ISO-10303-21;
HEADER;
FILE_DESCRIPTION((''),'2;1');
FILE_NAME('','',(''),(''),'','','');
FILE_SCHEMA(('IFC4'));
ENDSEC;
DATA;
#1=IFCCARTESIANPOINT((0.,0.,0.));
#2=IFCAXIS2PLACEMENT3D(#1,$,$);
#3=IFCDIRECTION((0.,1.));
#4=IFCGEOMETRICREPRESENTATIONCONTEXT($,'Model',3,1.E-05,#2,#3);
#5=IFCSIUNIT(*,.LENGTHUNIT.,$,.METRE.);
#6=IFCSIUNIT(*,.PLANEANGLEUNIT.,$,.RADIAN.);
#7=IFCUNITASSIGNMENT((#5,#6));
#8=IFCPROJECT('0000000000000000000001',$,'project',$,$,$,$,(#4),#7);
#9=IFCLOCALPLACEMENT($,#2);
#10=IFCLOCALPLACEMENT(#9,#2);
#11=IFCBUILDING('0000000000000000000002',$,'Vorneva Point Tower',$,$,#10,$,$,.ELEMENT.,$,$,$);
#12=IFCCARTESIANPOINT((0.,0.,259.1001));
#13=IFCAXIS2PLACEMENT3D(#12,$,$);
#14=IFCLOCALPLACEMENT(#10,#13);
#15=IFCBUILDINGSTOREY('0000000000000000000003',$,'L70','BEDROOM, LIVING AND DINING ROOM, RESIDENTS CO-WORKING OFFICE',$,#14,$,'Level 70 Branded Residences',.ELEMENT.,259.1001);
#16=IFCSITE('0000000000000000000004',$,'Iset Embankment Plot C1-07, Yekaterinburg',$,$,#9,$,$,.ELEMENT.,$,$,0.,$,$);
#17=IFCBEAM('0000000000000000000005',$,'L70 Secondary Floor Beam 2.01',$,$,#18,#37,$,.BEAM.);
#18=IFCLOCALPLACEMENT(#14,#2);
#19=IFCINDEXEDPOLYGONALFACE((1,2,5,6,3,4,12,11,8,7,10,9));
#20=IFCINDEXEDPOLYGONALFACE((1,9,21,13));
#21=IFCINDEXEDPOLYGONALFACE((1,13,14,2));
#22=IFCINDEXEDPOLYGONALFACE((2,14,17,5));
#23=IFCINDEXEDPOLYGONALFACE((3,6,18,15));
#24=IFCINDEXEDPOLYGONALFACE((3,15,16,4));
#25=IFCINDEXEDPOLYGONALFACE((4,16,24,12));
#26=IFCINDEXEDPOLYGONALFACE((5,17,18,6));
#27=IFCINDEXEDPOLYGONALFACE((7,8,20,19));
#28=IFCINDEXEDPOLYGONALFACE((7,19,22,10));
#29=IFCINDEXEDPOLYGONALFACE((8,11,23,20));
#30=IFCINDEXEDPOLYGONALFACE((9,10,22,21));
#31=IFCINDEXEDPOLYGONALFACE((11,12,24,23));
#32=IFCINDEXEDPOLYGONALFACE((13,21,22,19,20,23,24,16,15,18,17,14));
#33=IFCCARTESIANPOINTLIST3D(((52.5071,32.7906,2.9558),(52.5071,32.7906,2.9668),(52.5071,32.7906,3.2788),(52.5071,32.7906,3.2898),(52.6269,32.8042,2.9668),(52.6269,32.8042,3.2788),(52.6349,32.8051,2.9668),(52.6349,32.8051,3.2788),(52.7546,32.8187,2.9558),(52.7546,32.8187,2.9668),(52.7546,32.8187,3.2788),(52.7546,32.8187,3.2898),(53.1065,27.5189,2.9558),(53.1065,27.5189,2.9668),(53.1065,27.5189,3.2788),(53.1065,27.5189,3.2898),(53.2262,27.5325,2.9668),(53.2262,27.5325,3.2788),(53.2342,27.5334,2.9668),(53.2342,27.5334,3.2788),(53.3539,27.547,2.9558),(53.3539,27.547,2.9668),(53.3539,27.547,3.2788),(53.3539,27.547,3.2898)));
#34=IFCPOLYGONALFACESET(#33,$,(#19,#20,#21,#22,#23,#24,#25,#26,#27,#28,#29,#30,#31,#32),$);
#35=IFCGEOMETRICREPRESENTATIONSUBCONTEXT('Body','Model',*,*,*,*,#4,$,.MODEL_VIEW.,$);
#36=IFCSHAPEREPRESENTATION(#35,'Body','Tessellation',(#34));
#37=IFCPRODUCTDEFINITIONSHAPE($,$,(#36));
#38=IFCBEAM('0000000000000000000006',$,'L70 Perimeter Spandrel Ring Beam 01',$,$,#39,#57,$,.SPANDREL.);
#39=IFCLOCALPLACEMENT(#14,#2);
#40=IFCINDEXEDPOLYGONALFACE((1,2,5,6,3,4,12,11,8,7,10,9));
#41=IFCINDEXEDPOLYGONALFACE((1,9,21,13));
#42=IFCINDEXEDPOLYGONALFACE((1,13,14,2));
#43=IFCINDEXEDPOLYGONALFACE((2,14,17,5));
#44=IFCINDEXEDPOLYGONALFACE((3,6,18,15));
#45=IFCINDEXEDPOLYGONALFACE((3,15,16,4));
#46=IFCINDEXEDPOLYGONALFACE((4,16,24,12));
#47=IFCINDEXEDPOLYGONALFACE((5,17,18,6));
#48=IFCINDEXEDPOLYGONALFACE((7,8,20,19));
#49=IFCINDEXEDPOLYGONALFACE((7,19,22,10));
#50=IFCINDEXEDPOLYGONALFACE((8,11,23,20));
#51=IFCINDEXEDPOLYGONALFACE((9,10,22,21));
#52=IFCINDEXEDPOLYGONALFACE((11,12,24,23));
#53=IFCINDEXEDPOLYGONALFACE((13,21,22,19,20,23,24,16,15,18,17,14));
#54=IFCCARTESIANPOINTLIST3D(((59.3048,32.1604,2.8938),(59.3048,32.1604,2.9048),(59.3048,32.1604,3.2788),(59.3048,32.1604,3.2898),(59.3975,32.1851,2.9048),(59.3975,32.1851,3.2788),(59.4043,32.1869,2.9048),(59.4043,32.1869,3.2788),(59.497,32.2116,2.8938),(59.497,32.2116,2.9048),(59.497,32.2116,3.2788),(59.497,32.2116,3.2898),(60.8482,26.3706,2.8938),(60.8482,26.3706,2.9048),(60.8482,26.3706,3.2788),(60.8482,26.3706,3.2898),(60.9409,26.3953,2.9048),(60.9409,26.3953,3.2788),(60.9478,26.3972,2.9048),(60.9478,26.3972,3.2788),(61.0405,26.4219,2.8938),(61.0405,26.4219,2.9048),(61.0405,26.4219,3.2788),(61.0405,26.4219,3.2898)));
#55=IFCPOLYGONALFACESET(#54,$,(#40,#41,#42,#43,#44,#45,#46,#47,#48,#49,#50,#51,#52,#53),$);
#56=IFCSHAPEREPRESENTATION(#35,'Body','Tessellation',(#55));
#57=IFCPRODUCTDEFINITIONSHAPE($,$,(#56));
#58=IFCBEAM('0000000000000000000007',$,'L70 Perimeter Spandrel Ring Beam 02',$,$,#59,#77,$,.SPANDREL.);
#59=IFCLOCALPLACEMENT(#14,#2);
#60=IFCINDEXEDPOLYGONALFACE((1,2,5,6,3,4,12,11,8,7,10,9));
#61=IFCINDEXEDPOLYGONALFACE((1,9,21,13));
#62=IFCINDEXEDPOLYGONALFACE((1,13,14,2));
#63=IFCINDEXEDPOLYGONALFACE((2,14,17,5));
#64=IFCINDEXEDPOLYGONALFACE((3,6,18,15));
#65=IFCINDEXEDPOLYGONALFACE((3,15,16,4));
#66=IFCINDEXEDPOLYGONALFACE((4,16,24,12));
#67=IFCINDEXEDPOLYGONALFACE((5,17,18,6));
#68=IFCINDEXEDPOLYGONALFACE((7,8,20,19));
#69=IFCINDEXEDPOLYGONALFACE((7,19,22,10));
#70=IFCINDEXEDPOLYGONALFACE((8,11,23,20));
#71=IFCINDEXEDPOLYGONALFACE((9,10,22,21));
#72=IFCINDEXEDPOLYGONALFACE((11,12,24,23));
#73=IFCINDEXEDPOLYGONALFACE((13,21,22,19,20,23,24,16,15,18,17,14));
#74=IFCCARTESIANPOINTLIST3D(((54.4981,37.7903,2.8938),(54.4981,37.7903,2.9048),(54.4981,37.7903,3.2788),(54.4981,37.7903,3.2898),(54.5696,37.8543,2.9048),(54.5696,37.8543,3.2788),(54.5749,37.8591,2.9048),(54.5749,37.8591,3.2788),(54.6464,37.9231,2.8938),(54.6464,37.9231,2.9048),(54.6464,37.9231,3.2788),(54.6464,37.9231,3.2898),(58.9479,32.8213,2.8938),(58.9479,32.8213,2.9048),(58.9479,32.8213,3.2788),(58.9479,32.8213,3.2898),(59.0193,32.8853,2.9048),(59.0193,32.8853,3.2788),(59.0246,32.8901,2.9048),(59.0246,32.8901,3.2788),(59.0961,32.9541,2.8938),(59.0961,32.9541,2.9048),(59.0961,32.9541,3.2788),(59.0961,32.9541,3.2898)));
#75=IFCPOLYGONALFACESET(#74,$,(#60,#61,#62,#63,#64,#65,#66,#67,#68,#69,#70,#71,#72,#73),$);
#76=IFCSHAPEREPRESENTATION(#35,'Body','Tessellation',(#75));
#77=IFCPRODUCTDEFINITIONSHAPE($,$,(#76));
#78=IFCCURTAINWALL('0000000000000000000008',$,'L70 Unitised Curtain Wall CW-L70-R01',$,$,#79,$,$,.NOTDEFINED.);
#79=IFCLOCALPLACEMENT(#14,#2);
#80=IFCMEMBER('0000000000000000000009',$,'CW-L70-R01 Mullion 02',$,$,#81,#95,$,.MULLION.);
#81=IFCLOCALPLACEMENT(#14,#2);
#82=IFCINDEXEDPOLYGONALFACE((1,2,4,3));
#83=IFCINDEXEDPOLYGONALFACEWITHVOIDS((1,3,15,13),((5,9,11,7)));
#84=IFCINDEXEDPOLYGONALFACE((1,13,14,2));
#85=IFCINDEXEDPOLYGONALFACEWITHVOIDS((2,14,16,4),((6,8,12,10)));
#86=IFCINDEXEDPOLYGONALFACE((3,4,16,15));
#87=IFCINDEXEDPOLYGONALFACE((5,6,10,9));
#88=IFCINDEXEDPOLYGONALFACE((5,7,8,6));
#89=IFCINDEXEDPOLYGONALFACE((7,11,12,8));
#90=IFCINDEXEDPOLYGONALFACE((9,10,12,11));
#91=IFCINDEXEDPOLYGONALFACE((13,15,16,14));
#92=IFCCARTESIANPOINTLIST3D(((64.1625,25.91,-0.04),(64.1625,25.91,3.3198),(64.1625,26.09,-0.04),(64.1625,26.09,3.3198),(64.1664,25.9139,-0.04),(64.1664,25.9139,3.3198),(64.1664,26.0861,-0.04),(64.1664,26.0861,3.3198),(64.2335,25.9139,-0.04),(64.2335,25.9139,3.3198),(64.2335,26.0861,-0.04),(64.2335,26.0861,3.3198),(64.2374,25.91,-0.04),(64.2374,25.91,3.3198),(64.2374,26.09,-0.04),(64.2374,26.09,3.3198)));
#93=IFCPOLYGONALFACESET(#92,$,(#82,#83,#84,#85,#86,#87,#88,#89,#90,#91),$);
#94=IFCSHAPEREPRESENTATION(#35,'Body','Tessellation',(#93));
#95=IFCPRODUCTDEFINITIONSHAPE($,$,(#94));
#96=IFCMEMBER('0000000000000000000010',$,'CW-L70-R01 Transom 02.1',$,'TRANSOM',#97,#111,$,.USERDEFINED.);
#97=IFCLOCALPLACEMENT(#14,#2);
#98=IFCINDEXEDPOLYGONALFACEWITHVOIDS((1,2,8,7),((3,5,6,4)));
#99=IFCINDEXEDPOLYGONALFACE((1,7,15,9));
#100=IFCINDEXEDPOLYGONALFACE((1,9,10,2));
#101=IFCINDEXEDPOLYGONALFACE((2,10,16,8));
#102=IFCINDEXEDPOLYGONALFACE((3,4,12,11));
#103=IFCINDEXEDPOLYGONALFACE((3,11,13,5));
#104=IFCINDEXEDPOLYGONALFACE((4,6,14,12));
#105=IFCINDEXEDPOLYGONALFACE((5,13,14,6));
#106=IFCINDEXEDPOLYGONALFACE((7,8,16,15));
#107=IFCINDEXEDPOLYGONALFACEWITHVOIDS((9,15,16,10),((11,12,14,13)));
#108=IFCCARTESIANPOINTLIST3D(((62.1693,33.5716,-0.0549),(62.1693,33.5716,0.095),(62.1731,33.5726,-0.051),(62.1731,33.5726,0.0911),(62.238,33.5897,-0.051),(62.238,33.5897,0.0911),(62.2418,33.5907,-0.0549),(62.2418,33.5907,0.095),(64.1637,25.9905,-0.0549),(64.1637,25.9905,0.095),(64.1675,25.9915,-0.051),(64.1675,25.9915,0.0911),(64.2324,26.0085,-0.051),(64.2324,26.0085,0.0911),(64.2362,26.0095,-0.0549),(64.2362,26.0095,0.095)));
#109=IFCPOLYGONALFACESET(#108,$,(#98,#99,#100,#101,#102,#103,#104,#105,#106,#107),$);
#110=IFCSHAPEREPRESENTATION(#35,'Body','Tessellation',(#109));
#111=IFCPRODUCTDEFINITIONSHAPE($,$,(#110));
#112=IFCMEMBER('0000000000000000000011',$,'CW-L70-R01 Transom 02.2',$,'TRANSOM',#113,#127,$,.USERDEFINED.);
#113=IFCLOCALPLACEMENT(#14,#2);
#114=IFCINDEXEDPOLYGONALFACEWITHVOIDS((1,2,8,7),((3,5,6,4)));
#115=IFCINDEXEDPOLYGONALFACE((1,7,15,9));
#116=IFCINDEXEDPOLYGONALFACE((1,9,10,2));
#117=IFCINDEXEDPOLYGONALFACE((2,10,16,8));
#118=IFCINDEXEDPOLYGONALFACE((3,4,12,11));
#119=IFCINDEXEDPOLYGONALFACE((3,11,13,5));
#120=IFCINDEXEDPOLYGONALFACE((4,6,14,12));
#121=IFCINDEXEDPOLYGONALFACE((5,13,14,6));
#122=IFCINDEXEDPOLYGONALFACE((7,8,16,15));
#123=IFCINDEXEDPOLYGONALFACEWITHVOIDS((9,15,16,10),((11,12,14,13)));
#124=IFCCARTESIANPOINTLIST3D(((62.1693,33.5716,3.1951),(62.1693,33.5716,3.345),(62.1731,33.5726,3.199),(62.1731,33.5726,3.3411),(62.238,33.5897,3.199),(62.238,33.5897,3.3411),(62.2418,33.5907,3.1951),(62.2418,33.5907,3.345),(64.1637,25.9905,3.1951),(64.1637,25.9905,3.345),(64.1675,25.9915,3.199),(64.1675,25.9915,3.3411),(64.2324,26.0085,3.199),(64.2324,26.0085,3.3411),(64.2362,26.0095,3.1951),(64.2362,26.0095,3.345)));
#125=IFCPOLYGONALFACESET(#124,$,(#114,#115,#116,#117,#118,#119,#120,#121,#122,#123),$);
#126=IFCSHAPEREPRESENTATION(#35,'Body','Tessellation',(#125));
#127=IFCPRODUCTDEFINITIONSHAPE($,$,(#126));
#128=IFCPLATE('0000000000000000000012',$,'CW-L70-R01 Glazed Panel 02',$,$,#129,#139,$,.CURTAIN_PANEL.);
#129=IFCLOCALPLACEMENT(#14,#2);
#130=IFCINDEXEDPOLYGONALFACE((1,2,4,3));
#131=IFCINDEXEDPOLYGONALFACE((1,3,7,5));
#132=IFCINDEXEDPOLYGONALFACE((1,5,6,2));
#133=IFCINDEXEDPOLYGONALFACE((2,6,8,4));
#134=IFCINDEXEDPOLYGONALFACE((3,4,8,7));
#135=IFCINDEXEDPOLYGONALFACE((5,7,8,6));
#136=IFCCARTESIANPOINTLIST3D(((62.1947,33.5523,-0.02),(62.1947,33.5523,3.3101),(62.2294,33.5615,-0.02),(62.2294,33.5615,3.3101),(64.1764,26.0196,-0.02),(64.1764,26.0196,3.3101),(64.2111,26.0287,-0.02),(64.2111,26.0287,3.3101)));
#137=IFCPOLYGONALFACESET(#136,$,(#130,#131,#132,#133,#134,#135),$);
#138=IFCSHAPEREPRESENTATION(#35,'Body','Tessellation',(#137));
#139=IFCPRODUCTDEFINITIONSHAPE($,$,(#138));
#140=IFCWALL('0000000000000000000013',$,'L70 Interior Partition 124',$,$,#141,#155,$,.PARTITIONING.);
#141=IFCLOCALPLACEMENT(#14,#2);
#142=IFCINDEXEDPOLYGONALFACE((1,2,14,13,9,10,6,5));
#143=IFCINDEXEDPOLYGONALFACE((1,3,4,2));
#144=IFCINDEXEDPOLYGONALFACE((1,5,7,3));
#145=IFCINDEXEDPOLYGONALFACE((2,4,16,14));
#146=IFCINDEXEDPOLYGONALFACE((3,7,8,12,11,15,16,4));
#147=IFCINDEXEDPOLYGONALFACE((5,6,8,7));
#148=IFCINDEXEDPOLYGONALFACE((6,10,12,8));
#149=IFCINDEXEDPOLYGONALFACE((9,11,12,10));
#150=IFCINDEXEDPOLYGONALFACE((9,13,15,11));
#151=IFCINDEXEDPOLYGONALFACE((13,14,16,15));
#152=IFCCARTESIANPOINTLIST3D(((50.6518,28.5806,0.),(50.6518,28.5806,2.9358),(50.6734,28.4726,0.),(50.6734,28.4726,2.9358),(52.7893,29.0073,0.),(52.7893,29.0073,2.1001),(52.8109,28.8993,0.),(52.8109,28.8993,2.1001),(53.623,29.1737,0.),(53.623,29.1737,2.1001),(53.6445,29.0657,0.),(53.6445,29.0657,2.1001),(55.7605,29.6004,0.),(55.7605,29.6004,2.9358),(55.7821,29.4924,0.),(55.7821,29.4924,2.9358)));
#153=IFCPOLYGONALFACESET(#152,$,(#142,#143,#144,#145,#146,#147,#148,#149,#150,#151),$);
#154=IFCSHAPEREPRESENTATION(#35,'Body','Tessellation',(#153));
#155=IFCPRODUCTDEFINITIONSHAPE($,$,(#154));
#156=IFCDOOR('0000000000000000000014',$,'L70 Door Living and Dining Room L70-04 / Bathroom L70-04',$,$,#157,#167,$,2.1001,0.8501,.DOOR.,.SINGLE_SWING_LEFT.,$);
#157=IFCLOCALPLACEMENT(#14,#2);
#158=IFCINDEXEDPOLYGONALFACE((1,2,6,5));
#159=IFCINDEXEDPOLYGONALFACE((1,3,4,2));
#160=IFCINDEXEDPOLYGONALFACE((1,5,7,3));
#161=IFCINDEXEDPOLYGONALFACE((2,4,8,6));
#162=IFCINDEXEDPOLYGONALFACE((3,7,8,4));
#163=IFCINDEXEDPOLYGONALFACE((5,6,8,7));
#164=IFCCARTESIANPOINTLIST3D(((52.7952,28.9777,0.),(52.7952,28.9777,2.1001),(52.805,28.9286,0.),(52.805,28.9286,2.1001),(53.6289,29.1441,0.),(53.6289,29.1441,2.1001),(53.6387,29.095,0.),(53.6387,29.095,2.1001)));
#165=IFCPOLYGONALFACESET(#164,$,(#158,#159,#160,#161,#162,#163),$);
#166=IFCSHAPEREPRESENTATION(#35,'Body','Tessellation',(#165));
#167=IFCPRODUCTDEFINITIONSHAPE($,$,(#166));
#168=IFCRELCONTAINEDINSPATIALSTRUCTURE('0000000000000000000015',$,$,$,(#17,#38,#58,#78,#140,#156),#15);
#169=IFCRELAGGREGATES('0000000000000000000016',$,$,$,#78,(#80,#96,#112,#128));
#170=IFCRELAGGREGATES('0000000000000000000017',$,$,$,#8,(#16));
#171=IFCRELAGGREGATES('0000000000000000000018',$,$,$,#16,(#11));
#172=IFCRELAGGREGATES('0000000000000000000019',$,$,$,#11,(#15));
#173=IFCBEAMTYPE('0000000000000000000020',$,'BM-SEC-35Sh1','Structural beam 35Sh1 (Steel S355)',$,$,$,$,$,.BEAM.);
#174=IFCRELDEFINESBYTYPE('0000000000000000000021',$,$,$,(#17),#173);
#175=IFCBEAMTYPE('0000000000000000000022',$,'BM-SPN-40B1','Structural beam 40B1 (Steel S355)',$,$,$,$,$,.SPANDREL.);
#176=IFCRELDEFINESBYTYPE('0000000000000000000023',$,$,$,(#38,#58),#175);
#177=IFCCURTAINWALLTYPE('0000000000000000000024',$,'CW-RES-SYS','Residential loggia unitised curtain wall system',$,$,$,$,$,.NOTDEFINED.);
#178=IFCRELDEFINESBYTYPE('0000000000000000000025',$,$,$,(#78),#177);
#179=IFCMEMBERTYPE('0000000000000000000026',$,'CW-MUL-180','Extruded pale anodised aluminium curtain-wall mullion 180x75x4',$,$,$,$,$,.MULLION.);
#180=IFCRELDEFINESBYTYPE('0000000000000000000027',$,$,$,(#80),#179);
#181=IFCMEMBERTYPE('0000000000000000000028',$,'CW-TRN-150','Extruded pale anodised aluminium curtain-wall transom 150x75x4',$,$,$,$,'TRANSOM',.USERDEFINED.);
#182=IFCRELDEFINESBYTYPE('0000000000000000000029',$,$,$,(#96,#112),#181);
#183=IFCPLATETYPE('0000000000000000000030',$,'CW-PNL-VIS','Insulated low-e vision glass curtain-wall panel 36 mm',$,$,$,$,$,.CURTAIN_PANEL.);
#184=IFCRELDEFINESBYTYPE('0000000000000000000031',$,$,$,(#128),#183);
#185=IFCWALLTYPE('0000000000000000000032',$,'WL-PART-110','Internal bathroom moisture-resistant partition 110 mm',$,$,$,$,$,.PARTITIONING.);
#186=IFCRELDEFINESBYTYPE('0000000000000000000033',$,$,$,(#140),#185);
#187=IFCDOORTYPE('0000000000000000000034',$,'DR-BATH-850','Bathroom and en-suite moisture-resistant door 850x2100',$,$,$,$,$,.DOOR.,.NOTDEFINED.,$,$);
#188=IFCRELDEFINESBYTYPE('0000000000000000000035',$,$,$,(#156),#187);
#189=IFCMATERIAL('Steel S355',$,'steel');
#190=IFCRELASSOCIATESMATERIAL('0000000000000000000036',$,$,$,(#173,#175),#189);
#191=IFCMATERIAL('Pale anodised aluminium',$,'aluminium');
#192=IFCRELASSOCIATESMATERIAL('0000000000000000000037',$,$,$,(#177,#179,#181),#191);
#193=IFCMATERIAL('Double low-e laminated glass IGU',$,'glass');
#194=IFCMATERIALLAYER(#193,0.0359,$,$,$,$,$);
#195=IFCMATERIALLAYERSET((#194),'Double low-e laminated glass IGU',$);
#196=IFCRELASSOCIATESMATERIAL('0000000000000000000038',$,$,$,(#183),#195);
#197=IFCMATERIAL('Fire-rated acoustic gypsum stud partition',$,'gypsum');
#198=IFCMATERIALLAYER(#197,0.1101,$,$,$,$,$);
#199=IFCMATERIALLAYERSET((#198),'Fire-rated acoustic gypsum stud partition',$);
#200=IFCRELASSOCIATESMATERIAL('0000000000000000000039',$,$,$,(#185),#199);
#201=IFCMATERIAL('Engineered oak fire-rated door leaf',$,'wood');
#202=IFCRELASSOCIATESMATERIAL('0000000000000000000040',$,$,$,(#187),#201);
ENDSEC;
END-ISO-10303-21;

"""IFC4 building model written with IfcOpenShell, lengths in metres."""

from ifc_helpers import new_model, si_unit, direction, frame, frame_2d, origin, origin_2d, place, context, subcontext, project, spatial, rectangle, hollow_rectangle, i_section, extrude, material, layer, layer_set, material_profile, profile_set, type_object, element, fill, aggregate, save


model = new_model("IFC4")

# Units and contexts
model_context = context("Model", 3, precision=1e-05, world=origin(), true_north=direction((0.0, 1.0)))
body_context = subcontext(model_context, "Body", "Model", "MODEL_VIEW")
ifc_project = project(units=[si_unit("LENGTHUNIT", "METRE"), si_unit("PLANEANGLEUNIT", "RADIAN")], contexts=[model_context])

# Site, building, storey
site_placement = place(None, origin())
site = spatial("IfcSite", under=ifc_project, at=site_placement, Name="Iset Embankment Plot C1-07, Yekaterinburg", CompositionType="ELEMENT", RefElevation=0.0)
building_placement = place(site_placement, origin())
building = spatial("IfcBuilding", under=site, at=building_placement, Name="Vorneva Point Tower", CompositionType="ELEMENT")
storey_placement = place(building_placement, frame((0.0, 0.0, 259.1001)))
storey = spatial("IfcBuildingStorey", under=building, at=storey_placement, Name="L70", Description="BEDROOM, LIVING AND DINING ROOM, RESIDENTS CO-WORKING OFFICE", LongName="Level 70 Branded Residences", CompositionType="ELEMENT", Elevation=259.1001)

# Beams
ifc_material_1 = material(Name="Steel S355", Category="steel")
ifc_material_profile_1 = material_profile(ifc_material_1, i_section(OverallWidth=0.249, OverallDepth=0.334, WebThickness=0.0081, FlangeThickness=0.011, at=origin_2d()), Name="35Sh1")
ifc_profile_set_1 = profile_set([ifc_material_profile_1], Name="Steel S355")
beam_type_1 = type_object("IfcBeamType", Name="BM-SEC-35Sh1", Description="Structural beam 35Sh1 (Steel S355)", PredefinedType="BEAM", material=ifc_profile_set_1)
beam_1_placement = place(storey_placement, frame((53.2302, 27.533, 3.1228), z_axis=(-0.112966, 0.993599, 0.0), x_axis=(-0.993599, -0.112966, 0.0)))
element("IfcBeam", 1, at=beam_1_placement, inside=storey, type_object=beam_type_1, Name="L70 Secondary Floor Beam 2.01", PredefinedType="BEAM", context=body_context, shape_type="SweptSolid", body=[
    extrude(i_section(OverallWidth=0.249, OverallDepth=0.334, WebThickness=0.0081, FlangeThickness=0.011, at=origin_2d()), origin(), (0.0, 0.0, 1.0), 5.3057),
])
ifc_material_profile_2 = material_profile(ifc_material_1, i_section(OverallWidth=0.199, OverallDepth=0.396, WebThickness=0.0071, FlangeThickness=0.011, at=origin_2d()), Name="40B1")
ifc_profile_set_2 = profile_set([ifc_material_profile_2], Name="Steel S355")
beam_type_2 = type_object("IfcBeamType", Name="BM-SPN-40B1", Description="Structural beam 40B1 (Steel S355)", PredefinedType="SPANDREL", material=ifc_profile_set_2)
beam_2_placement = place(storey_placement, frame((60.9443, 26.3962, 3.0918), z_axis=(-0.257587, 0.966255, 0.0), x_axis=(-0.966255, -0.257587, 0.0)))
element("IfcBeam", 2, at=beam_2_placement, inside=storey, type_object=beam_type_2, Name="L70 Perimeter Spandrel Ring Beam 01", PredefinedType="SPANDREL", context=body_context, shape_type="SweptSolid", body=[
    extrude(i_section(OverallWidth=0.199, OverallDepth=0.396, WebThickness=0.0071, FlangeThickness=0.011, at=origin_2d()), origin(), (0.0, 0.0, 1.0), 5.9919),
])
beam_3_placement = place(storey_placement, frame((59.022, 32.8877, 3.0918), z_axis=(-0.667108, 0.744961, 0.0), x_axis=(-0.744961, -0.667108, 0.0)))
element("IfcBeam", 3, at=beam_3_placement, inside=storey, type_object=beam_type_2, Name="L70 Perimeter Spandrel Ring Beam 02", PredefinedType="SPANDREL", context=body_context, shape_type="SweptSolid", body=[
    extrude(i_section(OverallWidth=0.199, OverallDepth=0.396, WebThickness=0.0071, FlangeThickness=0.011, at=origin_2d()), origin(), (0.0, 0.0, 1.0), 6.6702),
])

# Curtain wall, members, plate
ifc_material_2 = material(Name="Pale anodised aluminium", Category="aluminium")
curtain_wall_type = type_object("IfcCurtainWallType", Name="CW-RES-SYS", Description="Residential loggia unitised curtain wall system", PredefinedType="NOTDEFINED", material=ifc_material_2)
curtain_wall_placement = place(storey_placement, origin())
curtain_wall = element("IfcCurtainWall", 4, at=curtain_wall_placement, inside=storey, type_object=curtain_wall_type, Name="L70 Unitised Curtain Wall CW-L70-R01", PredefinedType="NOTDEFINED")
ifc_material_profile_3 = material_profile(ifc_material_2, hollow_rectangle(XDim=0.075, YDim=0.1799, WallThickness=0.0039, at=origin_2d()), Name="AL-MUL 180x75x4")
ifc_profile_set_3 = profile_set([ifc_material_profile_3], Name="Pale anodised aluminium")
member_type_1 = type_object("IfcMemberType", Name="CW-MUL-180", Description="Extruded pale anodised aluminium curtain-wall mullion 180x75x4", PredefinedType="MULLION", material=ifc_profile_set_3)
member_1_placement = place(storey_placement, frame((64.2, 26.0, -0.04), z_axis=(0.0, 0.0, 1.0), x_axis=(1.0, 0.0, 0.0)))
member_1 = element("IfcMember", 5, at=member_1_placement, type_object=member_type_1, Name="CW-L70-R01 Mullion 02", PredefinedType="MULLION", context=body_context, shape_type="SweptSolid", body=[
    extrude(hollow_rectangle(XDim=0.075, YDim=0.1799, WallThickness=0.0039, at=origin_2d()), origin(), (0.0, 0.0, 1.0), 3.3599),
])
ifc_material_profile_4 = material_profile(ifc_material_2, hollow_rectangle(XDim=0.075, YDim=0.1499, WallThickness=0.0039, at=origin_2d()), Name="AL-TRN 150x75x4")
ifc_profile_set_4 = profile_set([ifc_material_profile_4], Name="Pale anodised aluminium")
member_type_2 = type_object("IfcMemberType", Name="CW-TRN-150", Description="Extruded pale anodised aluminium curtain-wall transom 150x75x4", ElementType="TRANSOM", PredefinedType="USERDEFINED", material=ifc_profile_set_4)
member_2_placement = place(storey_placement, frame((64.2, 26.0, 0.02), z_axis=(-0.254418, 0.967094, 0.0), x_axis=(-0.967094, -0.254418, 0.0)))
member_2 = element("IfcMember", 6, at=member_2_placement, type_object=member_type_2, Name="CW-L70-R01 Transom 02.1", ObjectType="TRANSOM", PredefinedType="USERDEFINED", context=body_context, shape_type="SweptSolid", body=[
    extrude(hollow_rectangle(XDim=0.075, YDim=0.1499, WallThickness=0.0039, at=origin_2d()), origin(), (0.0, 0.0, 1.0), 7.8391),
])
member_3_placement = place(storey_placement, frame((64.2, 26.0, 3.27), z_axis=(-0.254418, 0.967094, 0.0), x_axis=(-0.967094, -0.254418, 0.0)))
member_3 = element("IfcMember", 7, at=member_3_placement, type_object=member_type_2, Name="CW-L70-R01 Transom 02.2", ObjectType="TRANSOM", PredefinedType="USERDEFINED", context=body_context, shape_type="SweptSolid", body=[
    extrude(hollow_rectangle(XDim=0.075, YDim=0.1499, WallThickness=0.0039, at=origin_2d()), origin(), (0.0, 0.0, 1.0), 7.8391),
])
ifc_material_3 = material(Name="Double low-e laminated glass IGU", Category="glass")
ifc_layer_1 = layer(ifc_material_3, 0.0359)
ifc_layer_set_1 = layer_set([ifc_layer_1], Name="Double low-e laminated glass IGU")
plate_type = type_object("IfcPlateType", Name="CW-PNL-VIS", Description="Insulated low-e vision glass curtain-wall panel 36 mm", PredefinedType="CURTAIN_PANEL", material=ifc_layer_set_1)
plate_placement = place(storey_placement, frame((63.2029, 29.7905, -0.02), z_axis=(0.0, 0.0, 1.0), x_axis=(-0.254416, 0.967095, 0.0)))
plate = element("IfcPlate", 8, at=plate_placement, type_object=plate_type, Name="CW-L70-R01 Glazed Panel 02", PredefinedType="CURTAIN_PANEL", context=body_context, shape_type="SweptSolid", body=[
    extrude(rectangle(XDim=7.7891, YDim=0.0359, at=origin_2d()), origin(), (0.0, 0.0, 1.0), 3.3301),
])
aggregate(curtain_wall, [member_1, member_2, member_3, plate])

# Wall, opening, door
ifc_material_4 = material(Name="Fire-rated acoustic gypsum stud partition", Category="gypsum")
ifc_layer_2 = layer(ifc_material_4, 0.1101)
ifc_layer_set_2 = layer_set([ifc_layer_2], Name="Fire-rated acoustic gypsum stud partition")
wall_type_1 = type_object("IfcWallType", Name="WL-PART-110", Description="Internal bathroom moisture-resistant partition 110 mm", PredefinedType="PARTITIONING", material=ifc_layer_set_2)
wall_1_placement = place(storey_placement, frame((50.6626, 28.5266, 0.0), z_axis=(0.0, 0.0, 1.0), x_axis=(0.980653, 0.195756, 0.0)))
wall_1 = element("IfcWall", 9, at=wall_1_placement, inside=storey, type_object=wall_type_1, Name="L70 Interior Partition 124", PredefinedType="PARTITIONING", context=body_context, shape_type="SweptSolid", body=[
    extrude(rectangle(XDim=5.2095, YDim=0.1101, at=frame_2d((2.6047, 0.0))), origin(), (0.0, 0.0, 1.0), 2.9358),
])
opening_1_placement = place(wall_1_placement, frame((2.1797, 0.0, 0.0)))
opening_1 = element("IfcOpeningElement", 10, at=opening_1_placement, cuts=wall_1, PredefinedType="OPENING", context=body_context, shape_type="SweptSolid", body=[
    extrude(rectangle(XDim=0.8501, YDim=2.1001, at=frame_2d((0.425, 1.05))), frame((0.0, 0.0698, 0.0), z_axis=(0.0, -1.0, 0.0), x_axis=(1.0, 0.0, 0.0)), (0.0, 0.0, 1.0), 0.1399),
])
ifc_material_5 = material(Name="Engineered oak fire-rated door leaf", Category="wood")
door_type_1 = type_object("IfcDoorType", Name="DR-BATH-850", Description="Bathroom and en-suite moisture-resistant door 850x2100", OperationType="NOTDEFINED", PredefinedType="DOOR", material=ifc_material_5)
door_1_placement = place(opening_1_placement, origin())
door_1 = element("IfcDoor", 11, at=door_1_placement, inside=storey, type_object=door_type_1, Name="L70 Door Living and Dining Room L70-04 / Bathroom L70-04", OperationType="SINGLE_SWING_LEFT", OverallHeight=2.1001, OverallWidth=0.8501, PredefinedType="DOOR", context=body_context, shape_type="SweptSolid", body=[
    extrude(rectangle(XDim=0.8501, YDim=2.1001, at=frame_2d((0.425, 1.05))), frame((0.0, 0.0249, 0.0), z_axis=(0.0, -1.0, 0.0), x_axis=(1.0, 0.0, 0.0)), (0.0, 0.0, 1.0), 0.05),
])
fill(opening_1, door_1)

save(model, "model.ifc")
